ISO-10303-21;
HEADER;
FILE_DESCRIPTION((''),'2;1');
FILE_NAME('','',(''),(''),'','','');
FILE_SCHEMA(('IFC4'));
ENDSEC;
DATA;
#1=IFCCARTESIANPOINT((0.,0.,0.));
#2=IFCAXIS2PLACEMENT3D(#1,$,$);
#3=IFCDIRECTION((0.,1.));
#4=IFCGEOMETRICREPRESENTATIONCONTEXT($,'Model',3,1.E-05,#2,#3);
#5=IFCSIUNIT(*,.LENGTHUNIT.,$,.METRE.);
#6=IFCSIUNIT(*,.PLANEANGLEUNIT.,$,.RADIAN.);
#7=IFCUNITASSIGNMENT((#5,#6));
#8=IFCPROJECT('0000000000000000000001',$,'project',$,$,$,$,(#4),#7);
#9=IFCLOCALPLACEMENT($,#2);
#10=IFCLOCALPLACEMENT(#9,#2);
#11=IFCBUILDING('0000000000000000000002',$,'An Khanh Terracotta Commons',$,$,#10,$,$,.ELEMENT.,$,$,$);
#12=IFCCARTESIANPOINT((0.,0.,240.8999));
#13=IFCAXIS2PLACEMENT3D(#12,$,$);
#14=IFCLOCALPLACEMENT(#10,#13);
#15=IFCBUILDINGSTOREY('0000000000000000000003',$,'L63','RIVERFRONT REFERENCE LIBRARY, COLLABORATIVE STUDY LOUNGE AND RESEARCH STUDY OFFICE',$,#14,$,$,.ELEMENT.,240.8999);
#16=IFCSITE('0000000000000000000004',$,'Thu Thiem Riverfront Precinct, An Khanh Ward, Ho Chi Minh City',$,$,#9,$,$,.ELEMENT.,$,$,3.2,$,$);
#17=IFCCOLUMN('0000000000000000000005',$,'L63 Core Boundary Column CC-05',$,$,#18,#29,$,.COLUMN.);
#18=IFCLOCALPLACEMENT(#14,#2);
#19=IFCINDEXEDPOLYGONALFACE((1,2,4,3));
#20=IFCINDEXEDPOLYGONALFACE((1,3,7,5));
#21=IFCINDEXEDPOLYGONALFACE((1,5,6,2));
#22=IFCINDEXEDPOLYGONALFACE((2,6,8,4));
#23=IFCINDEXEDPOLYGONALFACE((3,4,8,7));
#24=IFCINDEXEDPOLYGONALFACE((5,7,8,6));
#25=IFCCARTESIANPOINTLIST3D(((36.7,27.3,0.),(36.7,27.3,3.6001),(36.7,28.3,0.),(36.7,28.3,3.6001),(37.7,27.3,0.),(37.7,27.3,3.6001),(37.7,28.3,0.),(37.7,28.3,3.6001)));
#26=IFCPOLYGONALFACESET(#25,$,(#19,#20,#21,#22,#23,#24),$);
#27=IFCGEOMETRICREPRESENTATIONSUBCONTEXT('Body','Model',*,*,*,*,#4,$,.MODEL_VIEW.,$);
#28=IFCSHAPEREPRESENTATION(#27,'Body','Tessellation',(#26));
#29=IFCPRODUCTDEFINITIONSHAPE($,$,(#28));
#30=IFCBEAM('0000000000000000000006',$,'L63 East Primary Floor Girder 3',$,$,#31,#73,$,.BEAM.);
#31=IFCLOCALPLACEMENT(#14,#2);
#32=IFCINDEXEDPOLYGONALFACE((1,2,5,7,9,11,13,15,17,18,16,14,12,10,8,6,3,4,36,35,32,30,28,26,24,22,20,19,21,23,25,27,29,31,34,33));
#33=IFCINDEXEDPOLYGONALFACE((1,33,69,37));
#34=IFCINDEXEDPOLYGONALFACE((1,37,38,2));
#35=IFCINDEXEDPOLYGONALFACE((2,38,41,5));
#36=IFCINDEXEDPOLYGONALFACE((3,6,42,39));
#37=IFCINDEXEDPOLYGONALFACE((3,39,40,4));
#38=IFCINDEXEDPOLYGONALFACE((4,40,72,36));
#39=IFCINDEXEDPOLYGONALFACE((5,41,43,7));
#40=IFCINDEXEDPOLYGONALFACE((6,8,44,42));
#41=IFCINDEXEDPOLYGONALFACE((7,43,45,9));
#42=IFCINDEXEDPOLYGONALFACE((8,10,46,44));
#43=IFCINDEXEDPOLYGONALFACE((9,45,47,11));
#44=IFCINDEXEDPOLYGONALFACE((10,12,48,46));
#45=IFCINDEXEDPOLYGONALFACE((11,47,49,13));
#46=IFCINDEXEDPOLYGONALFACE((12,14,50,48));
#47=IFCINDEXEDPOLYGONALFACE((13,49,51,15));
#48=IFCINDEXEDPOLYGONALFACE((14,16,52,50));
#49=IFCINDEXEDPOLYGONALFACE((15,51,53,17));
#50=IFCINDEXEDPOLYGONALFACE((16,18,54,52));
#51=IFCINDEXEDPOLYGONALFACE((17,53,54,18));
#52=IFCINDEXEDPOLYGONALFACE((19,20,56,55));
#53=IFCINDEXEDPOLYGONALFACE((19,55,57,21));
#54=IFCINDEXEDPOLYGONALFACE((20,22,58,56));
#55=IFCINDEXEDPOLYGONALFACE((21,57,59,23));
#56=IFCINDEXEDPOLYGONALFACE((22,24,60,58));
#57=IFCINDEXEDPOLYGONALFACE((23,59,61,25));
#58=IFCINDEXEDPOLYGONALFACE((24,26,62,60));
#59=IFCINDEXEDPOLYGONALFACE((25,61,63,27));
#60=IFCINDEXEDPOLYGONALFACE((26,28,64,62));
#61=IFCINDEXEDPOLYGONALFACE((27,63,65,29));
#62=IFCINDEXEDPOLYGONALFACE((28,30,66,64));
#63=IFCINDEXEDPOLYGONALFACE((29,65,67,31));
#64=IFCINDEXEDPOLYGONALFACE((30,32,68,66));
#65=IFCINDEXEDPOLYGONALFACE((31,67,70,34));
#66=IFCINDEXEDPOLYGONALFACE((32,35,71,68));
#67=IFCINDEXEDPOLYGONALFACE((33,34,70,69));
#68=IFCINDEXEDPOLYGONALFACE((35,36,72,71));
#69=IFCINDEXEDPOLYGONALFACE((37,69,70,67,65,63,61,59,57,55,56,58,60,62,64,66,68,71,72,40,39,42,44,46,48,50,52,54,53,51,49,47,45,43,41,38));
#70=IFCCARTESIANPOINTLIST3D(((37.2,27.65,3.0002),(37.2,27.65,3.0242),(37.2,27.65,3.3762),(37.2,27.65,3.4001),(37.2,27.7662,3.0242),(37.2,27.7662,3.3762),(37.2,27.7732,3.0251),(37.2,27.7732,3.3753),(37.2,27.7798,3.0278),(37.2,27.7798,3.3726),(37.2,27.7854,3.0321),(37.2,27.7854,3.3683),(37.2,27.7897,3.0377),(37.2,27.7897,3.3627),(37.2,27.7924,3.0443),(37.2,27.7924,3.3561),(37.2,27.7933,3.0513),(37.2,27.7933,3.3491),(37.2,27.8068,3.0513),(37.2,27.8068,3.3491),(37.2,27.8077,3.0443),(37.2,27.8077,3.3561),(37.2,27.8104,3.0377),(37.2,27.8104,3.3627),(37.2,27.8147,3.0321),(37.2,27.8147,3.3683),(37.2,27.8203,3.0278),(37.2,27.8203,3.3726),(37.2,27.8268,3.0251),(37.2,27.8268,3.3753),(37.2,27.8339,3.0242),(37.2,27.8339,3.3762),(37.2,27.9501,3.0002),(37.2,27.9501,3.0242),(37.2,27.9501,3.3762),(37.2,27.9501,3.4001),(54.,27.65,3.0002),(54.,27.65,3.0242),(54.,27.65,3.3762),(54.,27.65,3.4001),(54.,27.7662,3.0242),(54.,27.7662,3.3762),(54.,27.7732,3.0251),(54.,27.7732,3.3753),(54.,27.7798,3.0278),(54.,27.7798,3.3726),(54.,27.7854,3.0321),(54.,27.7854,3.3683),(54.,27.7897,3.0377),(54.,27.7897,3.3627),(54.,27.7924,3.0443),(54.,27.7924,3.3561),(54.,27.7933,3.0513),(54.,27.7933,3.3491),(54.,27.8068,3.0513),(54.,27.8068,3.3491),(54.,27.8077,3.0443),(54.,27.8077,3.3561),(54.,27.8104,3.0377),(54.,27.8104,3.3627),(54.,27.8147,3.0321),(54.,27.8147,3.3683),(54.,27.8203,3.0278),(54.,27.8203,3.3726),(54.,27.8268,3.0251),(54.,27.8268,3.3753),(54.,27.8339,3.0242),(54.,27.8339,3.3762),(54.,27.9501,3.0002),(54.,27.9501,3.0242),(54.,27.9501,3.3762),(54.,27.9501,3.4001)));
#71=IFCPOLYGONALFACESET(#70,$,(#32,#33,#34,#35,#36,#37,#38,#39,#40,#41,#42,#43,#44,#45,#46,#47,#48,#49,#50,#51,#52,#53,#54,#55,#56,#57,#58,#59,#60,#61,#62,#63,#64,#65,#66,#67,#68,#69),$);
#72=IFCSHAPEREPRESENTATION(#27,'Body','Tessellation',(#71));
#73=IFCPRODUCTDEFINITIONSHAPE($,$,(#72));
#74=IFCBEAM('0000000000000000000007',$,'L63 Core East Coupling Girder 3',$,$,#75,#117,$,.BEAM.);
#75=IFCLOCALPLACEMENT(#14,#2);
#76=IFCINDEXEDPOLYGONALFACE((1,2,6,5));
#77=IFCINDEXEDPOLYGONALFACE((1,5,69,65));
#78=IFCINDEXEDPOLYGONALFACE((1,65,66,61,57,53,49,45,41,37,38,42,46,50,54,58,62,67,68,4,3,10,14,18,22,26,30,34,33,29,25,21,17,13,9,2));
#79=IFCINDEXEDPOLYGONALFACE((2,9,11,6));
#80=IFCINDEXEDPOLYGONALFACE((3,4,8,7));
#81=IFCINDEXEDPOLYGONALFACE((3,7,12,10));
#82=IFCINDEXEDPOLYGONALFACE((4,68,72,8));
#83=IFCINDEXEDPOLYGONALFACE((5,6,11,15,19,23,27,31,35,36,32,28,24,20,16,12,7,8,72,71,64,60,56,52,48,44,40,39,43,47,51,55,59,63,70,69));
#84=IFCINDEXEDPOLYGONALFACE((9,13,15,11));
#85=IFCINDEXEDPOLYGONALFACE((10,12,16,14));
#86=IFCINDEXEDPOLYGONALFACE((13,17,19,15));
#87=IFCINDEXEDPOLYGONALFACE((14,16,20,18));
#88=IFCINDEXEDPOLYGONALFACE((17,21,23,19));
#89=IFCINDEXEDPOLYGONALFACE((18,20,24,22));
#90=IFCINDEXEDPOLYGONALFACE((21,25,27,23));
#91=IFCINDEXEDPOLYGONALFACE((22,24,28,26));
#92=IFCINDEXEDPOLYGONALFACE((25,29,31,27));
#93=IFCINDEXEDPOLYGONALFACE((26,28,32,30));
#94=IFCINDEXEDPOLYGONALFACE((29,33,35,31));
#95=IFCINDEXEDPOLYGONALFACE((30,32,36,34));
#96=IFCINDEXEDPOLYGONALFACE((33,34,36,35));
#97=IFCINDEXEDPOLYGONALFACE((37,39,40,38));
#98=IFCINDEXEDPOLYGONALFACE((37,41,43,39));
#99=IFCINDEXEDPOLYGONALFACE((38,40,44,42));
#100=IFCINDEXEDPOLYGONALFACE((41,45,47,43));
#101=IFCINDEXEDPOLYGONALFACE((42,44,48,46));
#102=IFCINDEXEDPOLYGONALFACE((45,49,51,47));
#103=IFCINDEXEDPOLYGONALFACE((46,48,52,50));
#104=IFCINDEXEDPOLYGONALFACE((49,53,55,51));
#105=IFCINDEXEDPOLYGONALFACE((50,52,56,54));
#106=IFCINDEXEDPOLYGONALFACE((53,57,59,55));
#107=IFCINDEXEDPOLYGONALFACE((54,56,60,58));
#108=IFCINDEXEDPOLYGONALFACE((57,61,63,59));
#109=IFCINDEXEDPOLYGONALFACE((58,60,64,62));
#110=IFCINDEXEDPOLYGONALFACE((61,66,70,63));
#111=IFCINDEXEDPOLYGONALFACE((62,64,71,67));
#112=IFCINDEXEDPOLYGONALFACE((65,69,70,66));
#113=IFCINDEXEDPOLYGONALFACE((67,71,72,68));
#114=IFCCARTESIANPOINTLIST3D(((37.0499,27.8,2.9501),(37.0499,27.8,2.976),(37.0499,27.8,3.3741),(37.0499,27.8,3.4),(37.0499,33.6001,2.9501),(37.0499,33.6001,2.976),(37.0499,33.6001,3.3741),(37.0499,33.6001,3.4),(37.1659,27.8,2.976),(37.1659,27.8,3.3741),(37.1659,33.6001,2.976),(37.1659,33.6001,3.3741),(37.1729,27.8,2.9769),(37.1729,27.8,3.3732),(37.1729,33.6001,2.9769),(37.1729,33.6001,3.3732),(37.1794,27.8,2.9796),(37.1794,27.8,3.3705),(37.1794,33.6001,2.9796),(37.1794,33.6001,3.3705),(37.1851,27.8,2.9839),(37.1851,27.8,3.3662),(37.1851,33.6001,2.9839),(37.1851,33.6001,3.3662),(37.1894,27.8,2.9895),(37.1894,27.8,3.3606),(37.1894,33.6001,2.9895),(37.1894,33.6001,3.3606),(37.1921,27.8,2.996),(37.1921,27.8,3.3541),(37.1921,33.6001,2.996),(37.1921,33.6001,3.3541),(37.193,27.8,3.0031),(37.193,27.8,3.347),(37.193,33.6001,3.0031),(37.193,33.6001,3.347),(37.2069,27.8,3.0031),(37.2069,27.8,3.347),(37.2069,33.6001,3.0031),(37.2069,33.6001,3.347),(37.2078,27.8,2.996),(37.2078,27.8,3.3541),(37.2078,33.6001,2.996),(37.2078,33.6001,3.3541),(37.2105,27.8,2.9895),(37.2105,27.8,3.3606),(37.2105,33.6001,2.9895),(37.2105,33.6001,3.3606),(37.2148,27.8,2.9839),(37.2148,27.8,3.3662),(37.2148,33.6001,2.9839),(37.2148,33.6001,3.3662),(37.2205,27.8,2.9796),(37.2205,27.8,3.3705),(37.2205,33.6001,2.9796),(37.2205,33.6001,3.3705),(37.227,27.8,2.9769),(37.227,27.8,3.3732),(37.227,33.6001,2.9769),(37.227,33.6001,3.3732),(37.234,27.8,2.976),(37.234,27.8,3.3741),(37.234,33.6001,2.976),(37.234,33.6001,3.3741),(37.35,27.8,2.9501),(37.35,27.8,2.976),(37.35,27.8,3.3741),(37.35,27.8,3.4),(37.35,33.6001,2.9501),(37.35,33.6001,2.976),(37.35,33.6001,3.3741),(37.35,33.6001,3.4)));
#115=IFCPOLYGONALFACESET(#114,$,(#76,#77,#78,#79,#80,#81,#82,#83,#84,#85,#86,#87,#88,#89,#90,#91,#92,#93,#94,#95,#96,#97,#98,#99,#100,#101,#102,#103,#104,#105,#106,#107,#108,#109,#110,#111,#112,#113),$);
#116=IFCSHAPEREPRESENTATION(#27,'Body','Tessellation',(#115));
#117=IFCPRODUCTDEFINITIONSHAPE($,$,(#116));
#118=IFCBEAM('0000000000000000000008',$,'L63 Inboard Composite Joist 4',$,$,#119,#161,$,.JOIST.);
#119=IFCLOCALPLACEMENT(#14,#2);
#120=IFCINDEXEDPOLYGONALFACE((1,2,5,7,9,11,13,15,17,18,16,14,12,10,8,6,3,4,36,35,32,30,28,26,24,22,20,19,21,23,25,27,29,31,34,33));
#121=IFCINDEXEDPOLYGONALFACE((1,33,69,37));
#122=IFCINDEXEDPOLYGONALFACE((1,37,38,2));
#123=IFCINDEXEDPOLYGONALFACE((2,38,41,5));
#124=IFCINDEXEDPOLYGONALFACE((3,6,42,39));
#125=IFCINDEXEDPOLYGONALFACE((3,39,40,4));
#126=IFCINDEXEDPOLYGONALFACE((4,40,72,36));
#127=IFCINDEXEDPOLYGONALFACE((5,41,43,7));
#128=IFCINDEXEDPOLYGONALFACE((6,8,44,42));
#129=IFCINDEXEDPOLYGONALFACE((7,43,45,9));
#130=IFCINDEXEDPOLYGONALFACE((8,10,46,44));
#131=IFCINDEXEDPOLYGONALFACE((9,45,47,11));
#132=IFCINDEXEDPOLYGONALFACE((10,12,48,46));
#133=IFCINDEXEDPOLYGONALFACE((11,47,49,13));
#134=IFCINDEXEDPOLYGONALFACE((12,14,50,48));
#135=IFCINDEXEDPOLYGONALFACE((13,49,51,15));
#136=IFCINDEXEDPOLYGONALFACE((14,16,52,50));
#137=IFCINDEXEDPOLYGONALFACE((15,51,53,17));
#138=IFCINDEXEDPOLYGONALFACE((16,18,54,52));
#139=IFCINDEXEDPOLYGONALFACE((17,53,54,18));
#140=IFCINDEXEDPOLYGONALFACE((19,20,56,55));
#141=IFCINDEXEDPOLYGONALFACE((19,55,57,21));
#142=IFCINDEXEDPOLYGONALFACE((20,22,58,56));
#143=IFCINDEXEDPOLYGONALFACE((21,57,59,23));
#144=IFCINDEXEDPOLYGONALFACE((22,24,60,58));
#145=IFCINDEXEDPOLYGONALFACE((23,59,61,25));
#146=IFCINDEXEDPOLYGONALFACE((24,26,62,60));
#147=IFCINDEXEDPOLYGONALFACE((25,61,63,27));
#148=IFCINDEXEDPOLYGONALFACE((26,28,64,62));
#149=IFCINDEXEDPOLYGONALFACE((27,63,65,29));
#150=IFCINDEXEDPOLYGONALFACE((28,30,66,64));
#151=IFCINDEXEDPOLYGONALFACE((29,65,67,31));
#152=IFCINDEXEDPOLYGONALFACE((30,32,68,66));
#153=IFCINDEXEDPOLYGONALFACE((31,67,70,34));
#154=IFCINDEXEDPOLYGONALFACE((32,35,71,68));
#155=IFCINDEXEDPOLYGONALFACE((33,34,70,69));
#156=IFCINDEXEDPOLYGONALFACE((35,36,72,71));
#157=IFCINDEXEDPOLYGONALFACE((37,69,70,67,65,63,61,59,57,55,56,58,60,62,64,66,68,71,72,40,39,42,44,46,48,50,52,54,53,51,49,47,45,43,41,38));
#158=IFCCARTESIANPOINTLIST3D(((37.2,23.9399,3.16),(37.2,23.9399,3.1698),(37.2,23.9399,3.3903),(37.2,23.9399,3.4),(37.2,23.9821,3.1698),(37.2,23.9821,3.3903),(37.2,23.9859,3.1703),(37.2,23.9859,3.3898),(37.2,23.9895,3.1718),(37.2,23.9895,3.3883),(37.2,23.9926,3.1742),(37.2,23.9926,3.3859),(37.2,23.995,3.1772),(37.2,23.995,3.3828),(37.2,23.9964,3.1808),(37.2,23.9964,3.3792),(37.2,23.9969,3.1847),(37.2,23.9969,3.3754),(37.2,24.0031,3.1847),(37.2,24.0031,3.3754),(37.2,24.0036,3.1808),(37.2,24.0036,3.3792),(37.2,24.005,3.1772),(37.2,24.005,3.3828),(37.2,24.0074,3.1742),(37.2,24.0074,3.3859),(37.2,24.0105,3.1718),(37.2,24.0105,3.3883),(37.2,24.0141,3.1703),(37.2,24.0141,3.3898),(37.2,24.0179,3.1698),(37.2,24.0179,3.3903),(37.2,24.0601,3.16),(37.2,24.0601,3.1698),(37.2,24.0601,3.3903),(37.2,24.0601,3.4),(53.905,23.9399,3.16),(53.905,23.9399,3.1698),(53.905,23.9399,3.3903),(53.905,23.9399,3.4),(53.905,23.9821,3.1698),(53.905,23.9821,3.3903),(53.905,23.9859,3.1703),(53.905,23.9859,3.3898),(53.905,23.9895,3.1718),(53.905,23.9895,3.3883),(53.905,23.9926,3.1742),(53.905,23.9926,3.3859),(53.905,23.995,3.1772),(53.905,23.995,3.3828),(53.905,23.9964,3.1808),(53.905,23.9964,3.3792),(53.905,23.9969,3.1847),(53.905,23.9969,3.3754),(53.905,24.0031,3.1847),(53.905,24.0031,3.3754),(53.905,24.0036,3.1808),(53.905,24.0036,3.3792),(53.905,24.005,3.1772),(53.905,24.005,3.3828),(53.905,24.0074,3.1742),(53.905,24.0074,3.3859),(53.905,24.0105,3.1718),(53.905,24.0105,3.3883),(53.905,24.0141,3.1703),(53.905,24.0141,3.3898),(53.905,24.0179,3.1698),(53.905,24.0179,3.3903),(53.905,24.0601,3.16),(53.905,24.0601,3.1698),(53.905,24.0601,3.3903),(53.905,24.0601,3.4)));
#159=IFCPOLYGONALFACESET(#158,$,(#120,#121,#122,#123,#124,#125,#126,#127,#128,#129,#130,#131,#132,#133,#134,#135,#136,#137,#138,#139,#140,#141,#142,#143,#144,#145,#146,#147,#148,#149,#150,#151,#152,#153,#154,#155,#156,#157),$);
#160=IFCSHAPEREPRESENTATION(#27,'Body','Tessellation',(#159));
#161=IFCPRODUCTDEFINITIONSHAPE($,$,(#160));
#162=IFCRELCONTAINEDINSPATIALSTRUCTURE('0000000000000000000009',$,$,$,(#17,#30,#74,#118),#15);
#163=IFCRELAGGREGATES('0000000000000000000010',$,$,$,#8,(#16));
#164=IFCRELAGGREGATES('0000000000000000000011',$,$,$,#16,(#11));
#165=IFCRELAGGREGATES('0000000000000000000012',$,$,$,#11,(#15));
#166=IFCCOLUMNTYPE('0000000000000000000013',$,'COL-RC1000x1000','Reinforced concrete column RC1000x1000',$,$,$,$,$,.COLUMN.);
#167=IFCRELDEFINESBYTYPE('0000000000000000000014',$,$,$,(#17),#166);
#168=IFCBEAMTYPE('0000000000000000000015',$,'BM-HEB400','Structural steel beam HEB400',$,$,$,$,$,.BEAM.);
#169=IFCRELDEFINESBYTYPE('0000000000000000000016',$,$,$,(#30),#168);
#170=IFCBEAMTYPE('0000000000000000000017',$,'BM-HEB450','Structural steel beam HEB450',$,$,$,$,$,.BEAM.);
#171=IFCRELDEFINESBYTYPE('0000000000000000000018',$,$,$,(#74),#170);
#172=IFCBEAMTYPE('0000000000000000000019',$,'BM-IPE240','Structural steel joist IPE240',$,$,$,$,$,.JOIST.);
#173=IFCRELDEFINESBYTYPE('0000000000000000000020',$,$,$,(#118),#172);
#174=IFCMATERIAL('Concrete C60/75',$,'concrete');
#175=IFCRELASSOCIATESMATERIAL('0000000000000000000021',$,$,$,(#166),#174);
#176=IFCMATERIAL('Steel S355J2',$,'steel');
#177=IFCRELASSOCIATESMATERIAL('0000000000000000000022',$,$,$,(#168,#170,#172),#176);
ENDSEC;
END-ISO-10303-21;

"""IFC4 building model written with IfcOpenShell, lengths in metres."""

from ifc_helpers import new_model, si_unit, direction, frame, origin, origin_2d, place, context, subcontext, project, spatial, rectangle, i_section, extrude, material, material_profile, profile_set, type_object, element, save


model = new_model("IFC4")

# Units and contexts
model_context = context("Model", 3, precision=1e-05, world=origin(), true_north=direction((0.0, 1.0)))
body_context = subcontext(model_context, "Body", "Model", "MODEL_VIEW")
ifc_project = project(units=[si_unit("LENGTHUNIT", "METRE"), si_unit("PLANEANGLEUNIT", "RADIAN")], contexts=[model_context])

# Site, building, storey
site_placement = place(None, origin())
site = spatial("IfcSite", under=ifc_project, at=site_placement, Name="Thu Thiem Riverfront Precinct, An Khanh Ward, Ho Chi Minh City", CompositionType="ELEMENT", RefElevation=3.2)
building_placement = place(site_placement, origin())
building = spatial("IfcBuilding", under=site, at=building_placement, Name="An Khanh Terracotta Commons", CompositionType="ELEMENT")
storey_placement = place(building_placement, frame((0.0, 0.0, 240.8999)))
storey = spatial("IfcBuildingStorey", under=building, at=storey_placement, Name="L63", Description="RIVERFRONT REFERENCE LIBRARY, COLLABORATIVE STUDY LOUNGE AND RESEARCH STUDY OFFICE", CompositionType="ELEMENT", Elevation=240.8999)

# Column
ifc_material_1 = material(Name="Concrete C60/75", Category="concrete")
ifc_material_profile_1 = material_profile(ifc_material_1, rectangle(XDim=1.0, YDim=1.0, at=origin_2d()), Name="RC1000x1000")
ifc_profile_set_1 = profile_set([ifc_material_profile_1], Name="Concrete C60/75")
column_type = type_object("IfcColumnType", Name="COL-RC1000x1000", Description="Reinforced concrete column RC1000x1000", PredefinedType="COLUMN", material=ifc_profile_set_1)
column_placement = place(storey_placement, frame((37.2, 27.8, 0.0), z_axis=(0.0, 0.0, 1.0), x_axis=(1.0, 0.0, 0.0)))
element("IfcColumn", 1, at=column_placement, inside=storey, type_object=column_type, Name="L63 Core Boundary Column CC-05", PredefinedType="COLUMN", context=body_context, shape_type="SweptSolid", body=[
    extrude(rectangle(XDim=1.0, YDim=1.0, at=origin_2d()), origin(), (0.0, 0.0, 1.0), 3.6001),
])

# Beams
ifc_material_2 = material(Name="Steel S355J2", Category="steel")
ifc_material_profile_2 = material_profile(ifc_material_2, i_section(OverallWidth=0.3, OverallDepth=0.3999, WebThickness=0.0134, FlangeThickness=0.0239, FilletRadius=0.0271, at=origin_2d()), Name="HEB400")
ifc_profile_set_2 = profile_set([ifc_material_profile_2], Name="Steel S355J2")
beam_type_1 = type_object("IfcBeamType", Name="BM-HEB400", Description="Structural steel beam HEB400", PredefinedType="BEAM", material=ifc_profile_set_2)
beam_1_placement = place(storey_placement, frame((37.2, 27.8, 3.2002), z_axis=(1.0, 0.0, 0.0), x_axis=(0.0, 1.0, 0.0)))
element("IfcBeam", 2, at=beam_1_placement, inside=storey, type_object=beam_type_1, Name="L63 East Primary Floor Girder 3", PredefinedType="BEAM", context=body_context, shape_type="SweptSolid", body=[
    extrude(i_section(OverallWidth=0.3, OverallDepth=0.3999, WebThickness=0.0134, FlangeThickness=0.0239, FilletRadius=0.0271, at=origin_2d()), origin(), (0.0, 0.0, 1.0), 16.8),
])
ifc_material_profile_3 = material_profile(ifc_material_2, i_section(OverallWidth=0.3, OverallDepth=0.45, WebThickness=0.0139, FlangeThickness=0.0259, FilletRadius=0.0271, at=origin_2d()), Name="HEB450")
ifc_profile_set_3 = profile_set([ifc_material_profile_3], Name="Steel S355J2")
beam_type_2 = type_object("IfcBeamType", Name="BM-HEB450", Description="Structural steel beam HEB450", PredefinedType="BEAM", material=ifc_profile_set_3)
beam_2_placement = place(storey_placement, frame((37.2, 27.8, 3.175), z_axis=(0.0, 1.0, 0.0), x_axis=(-1.0, 0.0, 0.0)))
element("IfcBeam", 3, at=beam_2_placement, inside=storey, type_object=beam_type_2, Name="L63 Core East Coupling Girder 3", PredefinedType="BEAM", context=body_context, shape_type="SweptSolid", body=[
    extrude(i_section(OverallWidth=0.3, OverallDepth=0.45, WebThickness=0.0139, FlangeThickness=0.0259, FilletRadius=0.0271, at=origin_2d()), origin(), (0.0, 0.0, 1.0), 5.8),
])
ifc_material_profile_4 = material_profile(ifc_material_2, i_section(OverallWidth=0.1201, OverallDepth=0.24, WebThickness=0.0061, FlangeThickness=0.0098, FilletRadius=0.0149, at=origin_2d()), Name="IPE240")
ifc_profile_set_4 = profile_set([ifc_material_profile_4], Name="Steel S355J2")
beam_type_3 = type_object("IfcBeamType", Name="BM-IPE240", Description="Structural steel joist IPE240", PredefinedType="JOIST", material=ifc_profile_set_4)
for number, where, z_axis, x_axis, name in (
    (4, (37.2, 24.0, 3.28), (1.0, 0.0, 0.0), (0.0, 1.0, 0.0), "L63 Inboard Composite Joist 4"),
):
    element("IfcBeam", number, at=place(storey_placement, frame(where, z_axis=z_axis, x_axis=x_axis)), inside=storey, type_object=beam_type_3, Name=name, PredefinedType="JOIST", context=body_context, shape_type="SweptSolid", body=[
        extrude(i_section(OverallWidth=0.1201, OverallDepth=0.24, WebThickness=0.0061, FlangeThickness=0.0098, FilletRadius=0.0149, at=origin_2d()), origin(), (0.0, 0.0, 1.0), 16.7051),
    ])

save(model, "model.ifc")
